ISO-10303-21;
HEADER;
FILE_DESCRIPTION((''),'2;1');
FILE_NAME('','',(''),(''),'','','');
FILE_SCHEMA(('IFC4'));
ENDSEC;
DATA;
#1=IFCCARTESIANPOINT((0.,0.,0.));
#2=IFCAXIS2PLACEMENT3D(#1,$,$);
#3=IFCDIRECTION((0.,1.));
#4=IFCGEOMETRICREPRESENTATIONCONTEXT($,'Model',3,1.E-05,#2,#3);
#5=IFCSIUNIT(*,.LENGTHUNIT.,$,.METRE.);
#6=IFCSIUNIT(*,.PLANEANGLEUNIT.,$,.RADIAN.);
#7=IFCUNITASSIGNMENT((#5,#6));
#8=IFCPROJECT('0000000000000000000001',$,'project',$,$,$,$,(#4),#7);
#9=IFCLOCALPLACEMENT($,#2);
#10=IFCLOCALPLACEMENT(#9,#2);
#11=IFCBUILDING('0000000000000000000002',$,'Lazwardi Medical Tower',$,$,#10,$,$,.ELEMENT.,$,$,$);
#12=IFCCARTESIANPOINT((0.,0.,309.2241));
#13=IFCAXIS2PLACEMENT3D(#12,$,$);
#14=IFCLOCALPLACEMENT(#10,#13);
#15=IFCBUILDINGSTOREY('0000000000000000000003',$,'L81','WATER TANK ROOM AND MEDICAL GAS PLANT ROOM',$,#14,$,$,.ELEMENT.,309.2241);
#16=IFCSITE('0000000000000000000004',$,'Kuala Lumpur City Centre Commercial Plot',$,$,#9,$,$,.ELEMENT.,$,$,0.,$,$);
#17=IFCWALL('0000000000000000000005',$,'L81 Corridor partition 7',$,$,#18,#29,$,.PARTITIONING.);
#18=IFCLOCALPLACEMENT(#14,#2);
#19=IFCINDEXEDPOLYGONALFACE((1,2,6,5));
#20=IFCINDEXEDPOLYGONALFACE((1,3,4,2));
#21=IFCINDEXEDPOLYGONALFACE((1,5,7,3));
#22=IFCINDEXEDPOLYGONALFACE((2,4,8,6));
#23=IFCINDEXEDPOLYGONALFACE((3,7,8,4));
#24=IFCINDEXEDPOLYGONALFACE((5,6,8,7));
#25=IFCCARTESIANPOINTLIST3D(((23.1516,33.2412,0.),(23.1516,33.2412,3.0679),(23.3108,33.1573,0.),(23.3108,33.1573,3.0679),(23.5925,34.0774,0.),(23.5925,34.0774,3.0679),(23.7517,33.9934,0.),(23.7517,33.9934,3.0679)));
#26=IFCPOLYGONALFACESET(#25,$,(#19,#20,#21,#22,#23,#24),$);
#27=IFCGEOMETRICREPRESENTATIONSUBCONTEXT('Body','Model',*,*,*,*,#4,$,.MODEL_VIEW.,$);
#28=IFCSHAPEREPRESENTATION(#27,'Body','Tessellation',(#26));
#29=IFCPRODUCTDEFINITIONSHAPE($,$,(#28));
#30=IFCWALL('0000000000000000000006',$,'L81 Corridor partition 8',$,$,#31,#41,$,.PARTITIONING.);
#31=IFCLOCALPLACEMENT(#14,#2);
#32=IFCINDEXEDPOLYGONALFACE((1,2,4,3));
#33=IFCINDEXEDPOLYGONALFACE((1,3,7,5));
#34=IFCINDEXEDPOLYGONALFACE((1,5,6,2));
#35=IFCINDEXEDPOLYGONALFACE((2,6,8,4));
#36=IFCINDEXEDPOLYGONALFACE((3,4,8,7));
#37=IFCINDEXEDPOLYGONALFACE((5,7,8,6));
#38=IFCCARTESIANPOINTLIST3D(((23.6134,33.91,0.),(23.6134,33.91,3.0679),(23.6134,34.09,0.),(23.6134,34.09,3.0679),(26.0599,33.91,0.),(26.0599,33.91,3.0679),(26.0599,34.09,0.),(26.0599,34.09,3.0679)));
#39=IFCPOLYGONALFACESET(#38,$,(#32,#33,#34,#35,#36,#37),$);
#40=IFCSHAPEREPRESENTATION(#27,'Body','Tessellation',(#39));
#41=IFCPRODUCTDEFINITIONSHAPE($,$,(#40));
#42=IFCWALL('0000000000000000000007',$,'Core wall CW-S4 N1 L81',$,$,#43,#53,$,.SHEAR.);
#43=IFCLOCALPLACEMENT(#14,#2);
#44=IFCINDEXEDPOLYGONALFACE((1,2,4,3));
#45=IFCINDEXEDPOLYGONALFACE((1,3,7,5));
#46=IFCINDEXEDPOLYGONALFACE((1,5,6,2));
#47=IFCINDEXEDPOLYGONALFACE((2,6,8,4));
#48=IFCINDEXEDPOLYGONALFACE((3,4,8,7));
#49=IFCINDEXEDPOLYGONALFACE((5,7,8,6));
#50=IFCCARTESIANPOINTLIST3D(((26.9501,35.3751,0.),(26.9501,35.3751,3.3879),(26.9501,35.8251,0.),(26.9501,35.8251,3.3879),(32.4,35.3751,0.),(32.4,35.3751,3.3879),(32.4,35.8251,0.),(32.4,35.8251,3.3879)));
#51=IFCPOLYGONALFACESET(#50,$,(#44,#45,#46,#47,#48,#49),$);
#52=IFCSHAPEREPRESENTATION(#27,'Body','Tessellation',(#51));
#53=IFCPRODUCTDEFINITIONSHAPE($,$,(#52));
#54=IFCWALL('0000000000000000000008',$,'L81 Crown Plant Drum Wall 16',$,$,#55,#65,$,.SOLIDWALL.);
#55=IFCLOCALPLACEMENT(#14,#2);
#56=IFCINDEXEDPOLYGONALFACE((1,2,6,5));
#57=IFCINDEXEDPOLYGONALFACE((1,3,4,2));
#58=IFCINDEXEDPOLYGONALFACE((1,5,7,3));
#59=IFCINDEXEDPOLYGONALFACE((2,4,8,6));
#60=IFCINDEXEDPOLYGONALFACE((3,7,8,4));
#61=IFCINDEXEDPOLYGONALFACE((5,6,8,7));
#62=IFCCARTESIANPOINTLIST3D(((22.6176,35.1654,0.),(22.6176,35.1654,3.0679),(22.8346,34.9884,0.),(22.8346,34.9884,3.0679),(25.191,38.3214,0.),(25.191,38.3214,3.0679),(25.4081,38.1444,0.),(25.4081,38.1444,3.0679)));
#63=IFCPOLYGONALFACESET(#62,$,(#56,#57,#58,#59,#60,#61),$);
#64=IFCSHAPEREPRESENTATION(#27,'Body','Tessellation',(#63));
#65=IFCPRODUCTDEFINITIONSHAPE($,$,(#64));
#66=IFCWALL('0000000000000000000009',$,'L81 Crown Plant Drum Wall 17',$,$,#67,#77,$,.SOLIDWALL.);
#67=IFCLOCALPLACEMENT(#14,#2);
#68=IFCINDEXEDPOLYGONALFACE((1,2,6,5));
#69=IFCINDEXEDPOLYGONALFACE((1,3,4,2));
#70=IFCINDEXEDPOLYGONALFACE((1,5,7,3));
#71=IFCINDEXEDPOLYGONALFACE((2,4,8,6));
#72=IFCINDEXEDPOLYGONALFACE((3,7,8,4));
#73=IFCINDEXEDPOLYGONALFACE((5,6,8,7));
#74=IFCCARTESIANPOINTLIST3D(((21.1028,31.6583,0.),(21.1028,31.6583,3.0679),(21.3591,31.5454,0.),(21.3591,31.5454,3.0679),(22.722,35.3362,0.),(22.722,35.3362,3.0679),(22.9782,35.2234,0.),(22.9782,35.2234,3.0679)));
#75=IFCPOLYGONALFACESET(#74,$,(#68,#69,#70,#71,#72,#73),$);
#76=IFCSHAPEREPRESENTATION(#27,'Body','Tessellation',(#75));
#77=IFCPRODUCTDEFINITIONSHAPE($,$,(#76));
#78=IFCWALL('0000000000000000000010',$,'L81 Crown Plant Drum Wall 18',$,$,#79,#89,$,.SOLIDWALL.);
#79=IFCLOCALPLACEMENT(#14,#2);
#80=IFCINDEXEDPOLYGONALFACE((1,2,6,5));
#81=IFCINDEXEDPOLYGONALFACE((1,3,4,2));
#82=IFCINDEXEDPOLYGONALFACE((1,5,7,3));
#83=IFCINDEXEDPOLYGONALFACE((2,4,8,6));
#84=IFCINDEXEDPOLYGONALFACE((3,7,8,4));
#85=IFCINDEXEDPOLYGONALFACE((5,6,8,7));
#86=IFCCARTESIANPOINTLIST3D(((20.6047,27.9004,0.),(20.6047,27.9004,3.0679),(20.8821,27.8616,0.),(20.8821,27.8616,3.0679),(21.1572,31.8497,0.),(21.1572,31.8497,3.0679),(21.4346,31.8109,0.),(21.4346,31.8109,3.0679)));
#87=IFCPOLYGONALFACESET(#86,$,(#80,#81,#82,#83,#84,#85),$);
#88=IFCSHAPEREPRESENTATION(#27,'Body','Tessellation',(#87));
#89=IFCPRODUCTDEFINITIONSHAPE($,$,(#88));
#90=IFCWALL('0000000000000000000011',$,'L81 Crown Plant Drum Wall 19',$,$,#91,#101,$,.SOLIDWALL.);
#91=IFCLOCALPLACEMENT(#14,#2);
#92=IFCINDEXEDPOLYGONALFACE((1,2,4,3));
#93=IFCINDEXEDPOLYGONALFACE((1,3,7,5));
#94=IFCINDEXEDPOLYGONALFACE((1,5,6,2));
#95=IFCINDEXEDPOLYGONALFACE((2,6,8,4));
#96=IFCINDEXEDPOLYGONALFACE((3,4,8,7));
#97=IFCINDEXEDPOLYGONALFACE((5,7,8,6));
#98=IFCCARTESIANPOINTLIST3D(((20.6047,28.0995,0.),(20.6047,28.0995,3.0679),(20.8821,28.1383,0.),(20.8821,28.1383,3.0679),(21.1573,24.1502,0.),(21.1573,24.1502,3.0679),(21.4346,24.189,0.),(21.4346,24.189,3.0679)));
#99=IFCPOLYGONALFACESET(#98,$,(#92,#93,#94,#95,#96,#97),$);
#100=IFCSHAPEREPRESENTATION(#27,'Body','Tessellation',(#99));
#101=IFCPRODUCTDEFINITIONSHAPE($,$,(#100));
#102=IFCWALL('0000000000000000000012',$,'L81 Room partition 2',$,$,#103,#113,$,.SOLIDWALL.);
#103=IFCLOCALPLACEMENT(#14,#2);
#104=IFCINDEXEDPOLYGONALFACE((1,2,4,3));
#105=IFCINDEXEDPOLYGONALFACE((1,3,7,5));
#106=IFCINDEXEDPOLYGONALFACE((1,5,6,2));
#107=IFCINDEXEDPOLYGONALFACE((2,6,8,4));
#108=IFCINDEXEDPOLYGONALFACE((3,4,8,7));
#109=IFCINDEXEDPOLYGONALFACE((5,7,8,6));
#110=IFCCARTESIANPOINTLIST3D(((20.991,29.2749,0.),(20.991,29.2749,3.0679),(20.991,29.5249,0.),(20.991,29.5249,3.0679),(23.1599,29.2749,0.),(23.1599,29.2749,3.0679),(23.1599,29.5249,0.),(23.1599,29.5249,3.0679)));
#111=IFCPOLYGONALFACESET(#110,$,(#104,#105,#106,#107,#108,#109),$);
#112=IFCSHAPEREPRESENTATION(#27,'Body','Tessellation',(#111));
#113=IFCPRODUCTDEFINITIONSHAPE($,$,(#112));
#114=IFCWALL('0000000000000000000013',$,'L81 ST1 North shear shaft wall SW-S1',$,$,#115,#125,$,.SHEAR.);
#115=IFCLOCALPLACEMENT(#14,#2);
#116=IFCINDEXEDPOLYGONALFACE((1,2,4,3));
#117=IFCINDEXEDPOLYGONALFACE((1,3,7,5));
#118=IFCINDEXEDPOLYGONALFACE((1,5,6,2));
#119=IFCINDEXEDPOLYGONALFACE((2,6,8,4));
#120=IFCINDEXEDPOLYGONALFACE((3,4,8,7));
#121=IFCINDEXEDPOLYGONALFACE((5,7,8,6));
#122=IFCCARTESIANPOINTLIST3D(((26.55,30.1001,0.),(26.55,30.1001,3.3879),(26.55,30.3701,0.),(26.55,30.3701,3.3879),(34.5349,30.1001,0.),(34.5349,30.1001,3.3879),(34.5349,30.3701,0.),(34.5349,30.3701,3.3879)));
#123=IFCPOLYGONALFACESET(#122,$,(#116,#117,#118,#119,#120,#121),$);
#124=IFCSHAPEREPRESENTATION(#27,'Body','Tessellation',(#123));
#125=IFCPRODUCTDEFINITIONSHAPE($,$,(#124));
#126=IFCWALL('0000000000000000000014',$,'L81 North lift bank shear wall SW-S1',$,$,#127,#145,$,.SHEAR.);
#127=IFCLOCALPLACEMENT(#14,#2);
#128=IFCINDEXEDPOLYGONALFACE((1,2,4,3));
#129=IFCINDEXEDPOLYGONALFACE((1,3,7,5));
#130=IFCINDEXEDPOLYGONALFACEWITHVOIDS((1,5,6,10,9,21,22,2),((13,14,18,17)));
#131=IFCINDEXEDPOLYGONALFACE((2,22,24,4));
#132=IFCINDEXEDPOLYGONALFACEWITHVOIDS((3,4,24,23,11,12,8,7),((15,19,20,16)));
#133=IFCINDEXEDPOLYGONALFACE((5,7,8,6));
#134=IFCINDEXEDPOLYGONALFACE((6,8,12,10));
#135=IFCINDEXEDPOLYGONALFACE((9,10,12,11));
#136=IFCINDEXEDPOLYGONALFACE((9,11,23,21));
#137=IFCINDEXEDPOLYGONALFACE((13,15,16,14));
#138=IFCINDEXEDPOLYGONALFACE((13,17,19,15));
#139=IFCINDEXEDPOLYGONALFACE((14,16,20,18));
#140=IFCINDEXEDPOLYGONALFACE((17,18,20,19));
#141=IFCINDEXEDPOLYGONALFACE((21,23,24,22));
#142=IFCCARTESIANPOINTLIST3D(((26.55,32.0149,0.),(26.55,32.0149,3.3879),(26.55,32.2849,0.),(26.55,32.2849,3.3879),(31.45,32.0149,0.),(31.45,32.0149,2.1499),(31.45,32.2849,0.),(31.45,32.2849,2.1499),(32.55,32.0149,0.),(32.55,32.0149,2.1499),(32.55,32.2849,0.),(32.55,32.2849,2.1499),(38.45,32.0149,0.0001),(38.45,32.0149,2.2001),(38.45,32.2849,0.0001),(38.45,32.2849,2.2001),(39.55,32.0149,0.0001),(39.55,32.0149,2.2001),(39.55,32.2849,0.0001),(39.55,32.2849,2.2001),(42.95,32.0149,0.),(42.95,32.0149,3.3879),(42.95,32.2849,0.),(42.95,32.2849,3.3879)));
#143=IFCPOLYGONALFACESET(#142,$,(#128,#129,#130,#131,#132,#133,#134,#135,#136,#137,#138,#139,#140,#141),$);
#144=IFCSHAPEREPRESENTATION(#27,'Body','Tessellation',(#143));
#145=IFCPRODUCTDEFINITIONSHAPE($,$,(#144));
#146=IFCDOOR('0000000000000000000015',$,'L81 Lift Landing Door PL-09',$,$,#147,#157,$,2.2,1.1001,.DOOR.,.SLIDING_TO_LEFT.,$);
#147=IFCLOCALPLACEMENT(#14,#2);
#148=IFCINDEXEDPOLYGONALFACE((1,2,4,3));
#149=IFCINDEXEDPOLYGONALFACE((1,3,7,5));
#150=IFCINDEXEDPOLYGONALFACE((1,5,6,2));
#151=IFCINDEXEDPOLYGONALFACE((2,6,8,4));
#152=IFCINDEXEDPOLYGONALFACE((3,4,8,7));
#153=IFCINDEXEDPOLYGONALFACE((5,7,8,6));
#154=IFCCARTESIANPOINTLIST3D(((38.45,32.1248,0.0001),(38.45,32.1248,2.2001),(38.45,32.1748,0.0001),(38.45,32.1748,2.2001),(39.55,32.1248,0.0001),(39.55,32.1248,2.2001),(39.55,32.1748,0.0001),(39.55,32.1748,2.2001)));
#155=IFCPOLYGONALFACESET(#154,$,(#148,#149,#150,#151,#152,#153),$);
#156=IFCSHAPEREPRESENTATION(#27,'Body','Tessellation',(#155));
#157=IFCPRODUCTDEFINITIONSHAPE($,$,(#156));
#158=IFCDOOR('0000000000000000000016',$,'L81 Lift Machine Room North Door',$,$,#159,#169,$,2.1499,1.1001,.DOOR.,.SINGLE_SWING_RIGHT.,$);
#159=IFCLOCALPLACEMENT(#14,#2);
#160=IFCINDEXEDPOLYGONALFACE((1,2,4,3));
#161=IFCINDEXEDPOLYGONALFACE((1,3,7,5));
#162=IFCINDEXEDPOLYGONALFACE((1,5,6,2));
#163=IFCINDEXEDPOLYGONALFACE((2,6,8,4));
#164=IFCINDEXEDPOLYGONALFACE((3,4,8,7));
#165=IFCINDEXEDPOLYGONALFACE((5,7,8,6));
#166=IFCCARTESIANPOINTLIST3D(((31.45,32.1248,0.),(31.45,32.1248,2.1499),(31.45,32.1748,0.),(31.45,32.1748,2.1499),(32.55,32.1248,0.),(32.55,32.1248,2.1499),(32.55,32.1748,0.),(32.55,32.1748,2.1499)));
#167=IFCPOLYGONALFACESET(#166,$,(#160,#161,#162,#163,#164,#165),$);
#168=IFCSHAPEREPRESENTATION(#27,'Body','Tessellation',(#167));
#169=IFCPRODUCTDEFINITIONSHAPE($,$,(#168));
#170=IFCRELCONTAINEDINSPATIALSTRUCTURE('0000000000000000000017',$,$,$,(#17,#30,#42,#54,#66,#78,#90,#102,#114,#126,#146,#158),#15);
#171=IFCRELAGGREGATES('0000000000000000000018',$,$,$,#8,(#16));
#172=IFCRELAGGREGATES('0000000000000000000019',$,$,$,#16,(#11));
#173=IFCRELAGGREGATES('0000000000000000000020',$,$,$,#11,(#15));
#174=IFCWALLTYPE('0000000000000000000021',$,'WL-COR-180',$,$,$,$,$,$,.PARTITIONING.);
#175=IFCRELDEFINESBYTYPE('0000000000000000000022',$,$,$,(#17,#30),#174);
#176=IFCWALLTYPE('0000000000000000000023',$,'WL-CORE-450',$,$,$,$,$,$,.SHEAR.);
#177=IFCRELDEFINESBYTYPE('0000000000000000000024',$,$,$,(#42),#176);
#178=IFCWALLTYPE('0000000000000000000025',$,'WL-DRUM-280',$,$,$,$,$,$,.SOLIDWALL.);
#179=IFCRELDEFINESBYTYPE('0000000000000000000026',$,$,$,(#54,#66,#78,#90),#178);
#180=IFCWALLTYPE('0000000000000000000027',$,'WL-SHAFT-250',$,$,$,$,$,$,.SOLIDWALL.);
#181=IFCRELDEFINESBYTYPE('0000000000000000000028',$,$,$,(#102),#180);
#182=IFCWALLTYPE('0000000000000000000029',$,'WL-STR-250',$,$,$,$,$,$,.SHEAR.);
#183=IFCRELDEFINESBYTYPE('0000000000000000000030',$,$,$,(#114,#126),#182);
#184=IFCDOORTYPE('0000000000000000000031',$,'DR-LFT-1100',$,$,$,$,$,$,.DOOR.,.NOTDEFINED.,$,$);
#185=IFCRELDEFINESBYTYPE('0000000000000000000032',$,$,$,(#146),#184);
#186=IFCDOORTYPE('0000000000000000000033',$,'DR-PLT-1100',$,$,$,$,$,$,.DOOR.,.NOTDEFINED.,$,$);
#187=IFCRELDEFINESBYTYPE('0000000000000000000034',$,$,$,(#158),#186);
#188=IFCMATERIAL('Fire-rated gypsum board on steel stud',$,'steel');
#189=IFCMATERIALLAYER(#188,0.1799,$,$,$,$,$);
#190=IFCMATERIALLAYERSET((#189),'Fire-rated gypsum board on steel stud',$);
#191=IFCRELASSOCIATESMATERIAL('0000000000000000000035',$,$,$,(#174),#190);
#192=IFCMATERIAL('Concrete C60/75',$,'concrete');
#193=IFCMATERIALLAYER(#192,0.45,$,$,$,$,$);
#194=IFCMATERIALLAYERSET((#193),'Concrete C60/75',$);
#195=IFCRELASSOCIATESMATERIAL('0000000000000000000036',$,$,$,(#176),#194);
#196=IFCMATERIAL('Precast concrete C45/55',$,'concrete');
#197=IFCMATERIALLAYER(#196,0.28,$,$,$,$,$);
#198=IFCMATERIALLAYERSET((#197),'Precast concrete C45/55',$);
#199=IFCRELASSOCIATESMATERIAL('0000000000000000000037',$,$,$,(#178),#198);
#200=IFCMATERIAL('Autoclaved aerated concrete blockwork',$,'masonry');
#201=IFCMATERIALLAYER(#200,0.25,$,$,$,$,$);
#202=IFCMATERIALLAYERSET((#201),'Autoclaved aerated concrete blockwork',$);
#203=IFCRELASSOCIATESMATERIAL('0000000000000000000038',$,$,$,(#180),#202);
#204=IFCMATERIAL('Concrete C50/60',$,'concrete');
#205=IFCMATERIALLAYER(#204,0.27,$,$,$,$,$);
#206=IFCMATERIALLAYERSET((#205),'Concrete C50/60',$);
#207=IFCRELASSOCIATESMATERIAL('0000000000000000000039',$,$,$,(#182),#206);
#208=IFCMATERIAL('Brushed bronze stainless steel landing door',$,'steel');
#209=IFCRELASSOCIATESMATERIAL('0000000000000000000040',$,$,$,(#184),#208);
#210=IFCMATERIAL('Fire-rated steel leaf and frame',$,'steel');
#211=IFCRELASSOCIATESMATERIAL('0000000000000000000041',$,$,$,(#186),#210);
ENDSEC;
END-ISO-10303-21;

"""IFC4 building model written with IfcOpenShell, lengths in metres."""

from ifc_helpers import new_model, si_unit, direction, frame, frame_2d, origin, place, context, subcontext, project, spatial, rectangle, extrude, material, layer, layer_set, type_object, element, fill, save


model = new_model("IFC4")

# Units and contexts
model_context = context("Model", 3, precision=1e-05, world=origin(), true_north=direction((0.0, 1.0)))
body_context = subcontext(model_context, "Body", "Model", "MODEL_VIEW")
ifc_project = project(units=[si_unit("LENGTHUNIT", "METRE"), si_unit("PLANEANGLEUNIT", "RADIAN")], contexts=[model_context])

# Site, building, storey
site_placement = place(None, origin())
site = spatial("IfcSite", under=ifc_project, at=site_placement, Name="Kuala Lumpur City Centre Commercial Plot", CompositionType="ELEMENT", RefElevation=0.0)
building_placement = place(site_placement, origin())
building = spatial("IfcBuilding", under=site, at=building_placement, Name="Lazwardi Medical Tower", CompositionType="ELEMENT")
storey_placement = place(building_placement, frame((0.0, 0.0, 309.2241)))
storey = spatial("IfcBuildingStorey", under=building, at=storey_placement, Name="L81", Description="WATER TANK ROOM AND MEDICAL GAS PLANT ROOM", CompositionType="ELEMENT", Elevation=309.2241)

# Shared definitions
ifc_material_1 = material(Name="Concrete C60/75", Category="concrete")

# Walls
ifc_material_2 = material(Name="Fire-rated gypsum board on steel stud", Category="steel")
ifc_layer_1 = layer(ifc_material_2, 0.1799)
ifc_layer_set_1 = layer_set([ifc_layer_1], Name="Fire-rated gypsum board on steel stud")
wall_type_1 = type_object("IfcWallType", Name="WL-COR-180", PredefinedType="PARTITIONING", material=ifc_layer_set_1)
wall_1_placement = place(storey_placement, frame((23.2312, 33.1992, 0.0), z_axis=(0.0, 0.0, 1.0), x_axis=(0.466428, 0.884559, 0.0)))
element("IfcWall", 1, at=wall_1_placement, inside=storey, type_object=wall_type_1, Name="L81 Corridor partition 7", PredefinedType="PARTITIONING", context=body_context, shape_type="SweptSolid", body=[
    extrude(rectangle(XDim=0.9453, YDim=0.1799, at=frame_2d((0.4727, 0.0))), origin(), (0.0, 0.0, 1.0), 3.0679),
])
wall_2_placement = place(storey_placement, frame((23.6135, 34.0, 0.0), z_axis=(0.0, 0.0, 1.0), x_axis=(1.0, 0.0, 0.0)))
element("IfcWall", 2, at=wall_2_placement, inside=storey, type_object=wall_type_1, Name="L81 Corridor partition 8", PredefinedType="PARTITIONING", context=body_context, shape_type="SweptSolid", body=[
    extrude(rectangle(XDim=2.4465, YDim=0.1799, at=frame_2d((1.2231, 0.0))), origin(), (0.0, 0.0, 1.0), 3.0679),
])
ifc_layer_2 = layer(ifc_material_1, 0.45)
ifc_layer_set_2 = layer_set([ifc_layer_2], Name="Concrete C60/75")
wall_type_2 = type_object("IfcWallType", Name="WL-CORE-450", PredefinedType="SHEAR", material=ifc_layer_set_2)
wall_3_placement = place(storey_placement, frame((26.95, 35.6001, 0.0), z_axis=(0.0, 0.0, 1.0), x_axis=(1.0, 0.0, 0.0)))
element("IfcWall", 3, at=wall_3_placement, inside=storey, type_object=wall_type_2, Name="Core wall CW-S4 N1 L81", PredefinedType="SHEAR", context=body_context, shape_type="SweptSolid", body=[
    extrude(rectangle(XDim=5.45, YDim=0.45, at=frame_2d((2.7251, 0.0))), origin(), (0.0, 0.0, 1.0), 3.3879),
])
ifc_material_3 = material(Name="Precast concrete C45/55", Category="concrete")
ifc_layer_3 = layer(ifc_material_3, 0.28)
ifc_layer_set_3 = layer_set([ifc_layer_3], Name="Precast concrete C45/55")
wall_type_3 = type_object("IfcWallType", Name="WL-DRUM-280", PredefinedType="SOLIDWALL", material=ifc_layer_set_3)
wall_4_placement = place(storey_placement, frame((25.2996, 38.2329, 0.0), z_axis=(0.0, 0.0, 1.0), x_axis=(-0.631957, -0.775003, 0.0)))
element("IfcWall", 4, at=wall_4_placement, inside=storey, type_object=wall_type_3, Name="L81 Crown Plant Drum Wall 16", PredefinedType="SOLIDWALL", context=body_context, shape_type="SweptSolid", body=[
    extrude(rectangle(XDim=4.0723, YDim=0.28, at=frame_2d((2.0361, 0.0))), origin(), (0.0, 0.0, 1.0), 3.0679),
])
wall_5_placement = place(storey_placement, frame((22.8501, 35.2798, 0.0), z_axis=(0.0, 0.0, 1.0), x_axis=(-0.402912, -0.915239, 0.0)))
element("IfcWall", 5, at=wall_5_placement, inside=storey, type_object=wall_type_3, Name="L81 Crown Plant Drum Wall 17", PredefinedType="SOLIDWALL", context=body_context, shape_type="SweptSolid", body=[
    extrude(rectangle(XDim=4.0186, YDim=0.28, at=frame_2d((2.0093, 0.0))), origin(), (0.0, 0.0, 1.0), 3.0679),
])
for number, where, z_axis, x_axis, name in (
    (6, (21.2959, 31.8303, 0.0), (0.0, 0.0, 1.0), (-0.138549, -0.990356, 0.0), "L81 Crown Plant Drum Wall 18"),
    (7, (20.7434, 28.1189, 0.0), (0.0, 0.0, 1.0), (0.138549, -0.990356, 0.0), "L81 Crown Plant Drum Wall 19"),
):
    element("IfcWall", number, at=place(storey_placement, frame(where, z_axis=z_axis, x_axis=x_axis)), inside=storey, type_object=wall_type_3, Name=name, PredefinedType="SOLIDWALL", context=body_context, shape_type="SweptSolid", body=[
        extrude(rectangle(XDim=3.9878, YDim=0.28, at=frame_2d((1.9939, 0.0))), origin(), (0.0, 0.0, 1.0), 3.0679),
    ])
ifc_material_4 = material(Name="Autoclaved aerated concrete blockwork", Category="masonry")
ifc_layer_4 = layer(ifc_material_4, 0.25)
ifc_layer_set_4 = layer_set([ifc_layer_4], Name="Autoclaved aerated concrete blockwork")
wall_type_4 = type_object("IfcWallType", Name="WL-SHAFT-250", PredefinedType="SOLIDWALL", material=ifc_layer_set_4)
wall_6_placement = place(storey_placement, frame((20.991, 29.3999, 0.0), z_axis=(0.0, 0.0, 1.0), x_axis=(1.0, 0.0, 0.0)))
element("IfcWall", 8, at=wall_6_placement, inside=storey, type_object=wall_type_4, Name="L81 Room partition 2", PredefinedType="SOLIDWALL", context=body_context, shape_type="SweptSolid", body=[
    extrude(rectangle(XDim=2.1689, YDim=0.25, at=frame_2d((1.0845, 0.0))), origin(), (0.0, 0.0, 1.0), 3.0679),
])
ifc_material_5 = material(Name="Concrete C50/60", Category="concrete")
ifc_layer_5 = layer(ifc_material_5, 0.27)
ifc_layer_set_5 = layer_set([ifc_layer_5], Name="Concrete C50/60")
wall_type_5 = type_object("IfcWallType", Name="WL-STR-250", PredefinedType="SHEAR", material=ifc_layer_set_5)
wall_7_placement = place(storey_placement, frame((26.55, 30.2351, 0.0), z_axis=(0.0, 0.0, 1.0), x_axis=(1.0, 0.0, 0.0)))
element("IfcWall", 9, at=wall_7_placement, inside=storey, type_object=wall_type_5, Name="L81 ST1 North shear shaft wall SW-S1", PredefinedType="SHEAR", context=body_context, shape_type="SweptSolid", body=[
    extrude(rectangle(XDim=7.9849, YDim=0.27, at=frame_2d((3.9924, 0.0))), origin(), (0.0, 0.0, 1.0), 3.3879),
])

# Wall, openings, doors
wall_8_placement = place(storey_placement, frame((26.55, 32.1499, 0.0), z_axis=(0.0, 0.0, 1.0), x_axis=(1.0, 0.0, 0.0)))
wall_8 = element("IfcWall", 10, at=wall_8_placement, inside=storey, type_object=wall_type_5, Name="L81 North lift bank shear wall SW-S1", PredefinedType="SHEAR", context=body_context, shape_type="SweptSolid", body=[
    extrude(rectangle(XDim=16.3999, YDim=0.27, at=frame_2d((8.2, 0.0))), origin(), (0.0, 0.0, 1.0), 3.3879),
])
opening_1_placement = place(wall_8_placement, frame((4.8999, 0.0, 0.0)))
opening_1 = element("IfcOpeningElement", 11, at=opening_1_placement, cuts=wall_8, PredefinedType="OPENING", context=body_context, shape_type="SweptSolid", body=[
    extrude(rectangle(XDim=1.1001, YDim=2.1499, at=frame_2d((0.55, 1.075))), frame((0.0, 0.145, 0.0), z_axis=(0.0, -1.0, 0.0), x_axis=(1.0, 0.0, 0.0)), (0.0, 0.0, 1.0), 0.29),
])
opening_2_placement = place(wall_8_placement, frame((11.8999, 0.0, 0.0)))
opening_2 = element("IfcOpeningElement", 12, at=opening_2_placement, cuts=wall_8, PredefinedType="OPENING", context=body_context, shape_type="SweptSolid", body=[
    extrude(rectangle(XDim=1.1001, YDim=2.2, at=frame_2d((0.55, 1.1001))), frame((0.0, 0.145, 0.0), z_axis=(0.0, -1.0, 0.0), x_axis=(1.0, 0.0, 0.0)), (0.0, 0.0, 1.0), 0.29),
])
ifc_material_6 = material(Name="Brushed bronze stainless steel landing door", Category="steel")
door_type_1 = type_object("IfcDoorType", Name="DR-LFT-1100", OperationType="NOTDEFINED", PredefinedType="DOOR", material=ifc_material_6)
door_1_placement = place(opening_2_placement, origin())
door_1 = element("IfcDoor", 13, at=door_1_placement, inside=storey, type_object=door_type_1, Name="L81 Lift Landing Door PL-09", OperationType="SLIDING_TO_LEFT", OverallHeight=2.2, OverallWidth=1.1001, PredefinedType="DOOR", context=body_context, shape_type="SweptSolid", body=[
    extrude(rectangle(XDim=1.1001, YDim=2.2, at=frame_2d((0.55, 1.1001))), frame((0.0, 0.0249, 0.0), z_axis=(0.0, -1.0, 0.0), x_axis=(1.0, 0.0, 0.0)), (0.0, 0.0, 1.0), 0.05),
])
fill(opening_2, door_1)
ifc_material_7 = material(Name="Fire-rated steel leaf and frame", Category="steel")
door_type_2 = type_object("IfcDoorType", Name="DR-PLT-1100", OperationType="NOTDEFINED", PredefinedType="DOOR", material=ifc_material_7)
door_2_placement = place(opening_1_placement, origin())
door_2 = element("IfcDoor", 14, at=door_2_placement, inside=storey, type_object=door_type_2, Name="L81 Lift Machine Room North Door", OperationType="SINGLE_SWING_RIGHT", OverallHeight=2.1499, OverallWidth=1.1001, PredefinedType="DOOR", context=body_context, shape_type="SweptSolid", body=[
    extrude(rectangle(XDim=1.1001, YDim=2.1499, at=frame_2d((0.55, 1.075))), frame((0.0, 0.0249, 0.0), z_axis=(0.0, -1.0, 0.0), x_axis=(1.0, 0.0, 0.0)), (0.0, 0.0, 1.0), 0.05),
])
fill(opening_1, door_2)

save(model, "model.ifc")
